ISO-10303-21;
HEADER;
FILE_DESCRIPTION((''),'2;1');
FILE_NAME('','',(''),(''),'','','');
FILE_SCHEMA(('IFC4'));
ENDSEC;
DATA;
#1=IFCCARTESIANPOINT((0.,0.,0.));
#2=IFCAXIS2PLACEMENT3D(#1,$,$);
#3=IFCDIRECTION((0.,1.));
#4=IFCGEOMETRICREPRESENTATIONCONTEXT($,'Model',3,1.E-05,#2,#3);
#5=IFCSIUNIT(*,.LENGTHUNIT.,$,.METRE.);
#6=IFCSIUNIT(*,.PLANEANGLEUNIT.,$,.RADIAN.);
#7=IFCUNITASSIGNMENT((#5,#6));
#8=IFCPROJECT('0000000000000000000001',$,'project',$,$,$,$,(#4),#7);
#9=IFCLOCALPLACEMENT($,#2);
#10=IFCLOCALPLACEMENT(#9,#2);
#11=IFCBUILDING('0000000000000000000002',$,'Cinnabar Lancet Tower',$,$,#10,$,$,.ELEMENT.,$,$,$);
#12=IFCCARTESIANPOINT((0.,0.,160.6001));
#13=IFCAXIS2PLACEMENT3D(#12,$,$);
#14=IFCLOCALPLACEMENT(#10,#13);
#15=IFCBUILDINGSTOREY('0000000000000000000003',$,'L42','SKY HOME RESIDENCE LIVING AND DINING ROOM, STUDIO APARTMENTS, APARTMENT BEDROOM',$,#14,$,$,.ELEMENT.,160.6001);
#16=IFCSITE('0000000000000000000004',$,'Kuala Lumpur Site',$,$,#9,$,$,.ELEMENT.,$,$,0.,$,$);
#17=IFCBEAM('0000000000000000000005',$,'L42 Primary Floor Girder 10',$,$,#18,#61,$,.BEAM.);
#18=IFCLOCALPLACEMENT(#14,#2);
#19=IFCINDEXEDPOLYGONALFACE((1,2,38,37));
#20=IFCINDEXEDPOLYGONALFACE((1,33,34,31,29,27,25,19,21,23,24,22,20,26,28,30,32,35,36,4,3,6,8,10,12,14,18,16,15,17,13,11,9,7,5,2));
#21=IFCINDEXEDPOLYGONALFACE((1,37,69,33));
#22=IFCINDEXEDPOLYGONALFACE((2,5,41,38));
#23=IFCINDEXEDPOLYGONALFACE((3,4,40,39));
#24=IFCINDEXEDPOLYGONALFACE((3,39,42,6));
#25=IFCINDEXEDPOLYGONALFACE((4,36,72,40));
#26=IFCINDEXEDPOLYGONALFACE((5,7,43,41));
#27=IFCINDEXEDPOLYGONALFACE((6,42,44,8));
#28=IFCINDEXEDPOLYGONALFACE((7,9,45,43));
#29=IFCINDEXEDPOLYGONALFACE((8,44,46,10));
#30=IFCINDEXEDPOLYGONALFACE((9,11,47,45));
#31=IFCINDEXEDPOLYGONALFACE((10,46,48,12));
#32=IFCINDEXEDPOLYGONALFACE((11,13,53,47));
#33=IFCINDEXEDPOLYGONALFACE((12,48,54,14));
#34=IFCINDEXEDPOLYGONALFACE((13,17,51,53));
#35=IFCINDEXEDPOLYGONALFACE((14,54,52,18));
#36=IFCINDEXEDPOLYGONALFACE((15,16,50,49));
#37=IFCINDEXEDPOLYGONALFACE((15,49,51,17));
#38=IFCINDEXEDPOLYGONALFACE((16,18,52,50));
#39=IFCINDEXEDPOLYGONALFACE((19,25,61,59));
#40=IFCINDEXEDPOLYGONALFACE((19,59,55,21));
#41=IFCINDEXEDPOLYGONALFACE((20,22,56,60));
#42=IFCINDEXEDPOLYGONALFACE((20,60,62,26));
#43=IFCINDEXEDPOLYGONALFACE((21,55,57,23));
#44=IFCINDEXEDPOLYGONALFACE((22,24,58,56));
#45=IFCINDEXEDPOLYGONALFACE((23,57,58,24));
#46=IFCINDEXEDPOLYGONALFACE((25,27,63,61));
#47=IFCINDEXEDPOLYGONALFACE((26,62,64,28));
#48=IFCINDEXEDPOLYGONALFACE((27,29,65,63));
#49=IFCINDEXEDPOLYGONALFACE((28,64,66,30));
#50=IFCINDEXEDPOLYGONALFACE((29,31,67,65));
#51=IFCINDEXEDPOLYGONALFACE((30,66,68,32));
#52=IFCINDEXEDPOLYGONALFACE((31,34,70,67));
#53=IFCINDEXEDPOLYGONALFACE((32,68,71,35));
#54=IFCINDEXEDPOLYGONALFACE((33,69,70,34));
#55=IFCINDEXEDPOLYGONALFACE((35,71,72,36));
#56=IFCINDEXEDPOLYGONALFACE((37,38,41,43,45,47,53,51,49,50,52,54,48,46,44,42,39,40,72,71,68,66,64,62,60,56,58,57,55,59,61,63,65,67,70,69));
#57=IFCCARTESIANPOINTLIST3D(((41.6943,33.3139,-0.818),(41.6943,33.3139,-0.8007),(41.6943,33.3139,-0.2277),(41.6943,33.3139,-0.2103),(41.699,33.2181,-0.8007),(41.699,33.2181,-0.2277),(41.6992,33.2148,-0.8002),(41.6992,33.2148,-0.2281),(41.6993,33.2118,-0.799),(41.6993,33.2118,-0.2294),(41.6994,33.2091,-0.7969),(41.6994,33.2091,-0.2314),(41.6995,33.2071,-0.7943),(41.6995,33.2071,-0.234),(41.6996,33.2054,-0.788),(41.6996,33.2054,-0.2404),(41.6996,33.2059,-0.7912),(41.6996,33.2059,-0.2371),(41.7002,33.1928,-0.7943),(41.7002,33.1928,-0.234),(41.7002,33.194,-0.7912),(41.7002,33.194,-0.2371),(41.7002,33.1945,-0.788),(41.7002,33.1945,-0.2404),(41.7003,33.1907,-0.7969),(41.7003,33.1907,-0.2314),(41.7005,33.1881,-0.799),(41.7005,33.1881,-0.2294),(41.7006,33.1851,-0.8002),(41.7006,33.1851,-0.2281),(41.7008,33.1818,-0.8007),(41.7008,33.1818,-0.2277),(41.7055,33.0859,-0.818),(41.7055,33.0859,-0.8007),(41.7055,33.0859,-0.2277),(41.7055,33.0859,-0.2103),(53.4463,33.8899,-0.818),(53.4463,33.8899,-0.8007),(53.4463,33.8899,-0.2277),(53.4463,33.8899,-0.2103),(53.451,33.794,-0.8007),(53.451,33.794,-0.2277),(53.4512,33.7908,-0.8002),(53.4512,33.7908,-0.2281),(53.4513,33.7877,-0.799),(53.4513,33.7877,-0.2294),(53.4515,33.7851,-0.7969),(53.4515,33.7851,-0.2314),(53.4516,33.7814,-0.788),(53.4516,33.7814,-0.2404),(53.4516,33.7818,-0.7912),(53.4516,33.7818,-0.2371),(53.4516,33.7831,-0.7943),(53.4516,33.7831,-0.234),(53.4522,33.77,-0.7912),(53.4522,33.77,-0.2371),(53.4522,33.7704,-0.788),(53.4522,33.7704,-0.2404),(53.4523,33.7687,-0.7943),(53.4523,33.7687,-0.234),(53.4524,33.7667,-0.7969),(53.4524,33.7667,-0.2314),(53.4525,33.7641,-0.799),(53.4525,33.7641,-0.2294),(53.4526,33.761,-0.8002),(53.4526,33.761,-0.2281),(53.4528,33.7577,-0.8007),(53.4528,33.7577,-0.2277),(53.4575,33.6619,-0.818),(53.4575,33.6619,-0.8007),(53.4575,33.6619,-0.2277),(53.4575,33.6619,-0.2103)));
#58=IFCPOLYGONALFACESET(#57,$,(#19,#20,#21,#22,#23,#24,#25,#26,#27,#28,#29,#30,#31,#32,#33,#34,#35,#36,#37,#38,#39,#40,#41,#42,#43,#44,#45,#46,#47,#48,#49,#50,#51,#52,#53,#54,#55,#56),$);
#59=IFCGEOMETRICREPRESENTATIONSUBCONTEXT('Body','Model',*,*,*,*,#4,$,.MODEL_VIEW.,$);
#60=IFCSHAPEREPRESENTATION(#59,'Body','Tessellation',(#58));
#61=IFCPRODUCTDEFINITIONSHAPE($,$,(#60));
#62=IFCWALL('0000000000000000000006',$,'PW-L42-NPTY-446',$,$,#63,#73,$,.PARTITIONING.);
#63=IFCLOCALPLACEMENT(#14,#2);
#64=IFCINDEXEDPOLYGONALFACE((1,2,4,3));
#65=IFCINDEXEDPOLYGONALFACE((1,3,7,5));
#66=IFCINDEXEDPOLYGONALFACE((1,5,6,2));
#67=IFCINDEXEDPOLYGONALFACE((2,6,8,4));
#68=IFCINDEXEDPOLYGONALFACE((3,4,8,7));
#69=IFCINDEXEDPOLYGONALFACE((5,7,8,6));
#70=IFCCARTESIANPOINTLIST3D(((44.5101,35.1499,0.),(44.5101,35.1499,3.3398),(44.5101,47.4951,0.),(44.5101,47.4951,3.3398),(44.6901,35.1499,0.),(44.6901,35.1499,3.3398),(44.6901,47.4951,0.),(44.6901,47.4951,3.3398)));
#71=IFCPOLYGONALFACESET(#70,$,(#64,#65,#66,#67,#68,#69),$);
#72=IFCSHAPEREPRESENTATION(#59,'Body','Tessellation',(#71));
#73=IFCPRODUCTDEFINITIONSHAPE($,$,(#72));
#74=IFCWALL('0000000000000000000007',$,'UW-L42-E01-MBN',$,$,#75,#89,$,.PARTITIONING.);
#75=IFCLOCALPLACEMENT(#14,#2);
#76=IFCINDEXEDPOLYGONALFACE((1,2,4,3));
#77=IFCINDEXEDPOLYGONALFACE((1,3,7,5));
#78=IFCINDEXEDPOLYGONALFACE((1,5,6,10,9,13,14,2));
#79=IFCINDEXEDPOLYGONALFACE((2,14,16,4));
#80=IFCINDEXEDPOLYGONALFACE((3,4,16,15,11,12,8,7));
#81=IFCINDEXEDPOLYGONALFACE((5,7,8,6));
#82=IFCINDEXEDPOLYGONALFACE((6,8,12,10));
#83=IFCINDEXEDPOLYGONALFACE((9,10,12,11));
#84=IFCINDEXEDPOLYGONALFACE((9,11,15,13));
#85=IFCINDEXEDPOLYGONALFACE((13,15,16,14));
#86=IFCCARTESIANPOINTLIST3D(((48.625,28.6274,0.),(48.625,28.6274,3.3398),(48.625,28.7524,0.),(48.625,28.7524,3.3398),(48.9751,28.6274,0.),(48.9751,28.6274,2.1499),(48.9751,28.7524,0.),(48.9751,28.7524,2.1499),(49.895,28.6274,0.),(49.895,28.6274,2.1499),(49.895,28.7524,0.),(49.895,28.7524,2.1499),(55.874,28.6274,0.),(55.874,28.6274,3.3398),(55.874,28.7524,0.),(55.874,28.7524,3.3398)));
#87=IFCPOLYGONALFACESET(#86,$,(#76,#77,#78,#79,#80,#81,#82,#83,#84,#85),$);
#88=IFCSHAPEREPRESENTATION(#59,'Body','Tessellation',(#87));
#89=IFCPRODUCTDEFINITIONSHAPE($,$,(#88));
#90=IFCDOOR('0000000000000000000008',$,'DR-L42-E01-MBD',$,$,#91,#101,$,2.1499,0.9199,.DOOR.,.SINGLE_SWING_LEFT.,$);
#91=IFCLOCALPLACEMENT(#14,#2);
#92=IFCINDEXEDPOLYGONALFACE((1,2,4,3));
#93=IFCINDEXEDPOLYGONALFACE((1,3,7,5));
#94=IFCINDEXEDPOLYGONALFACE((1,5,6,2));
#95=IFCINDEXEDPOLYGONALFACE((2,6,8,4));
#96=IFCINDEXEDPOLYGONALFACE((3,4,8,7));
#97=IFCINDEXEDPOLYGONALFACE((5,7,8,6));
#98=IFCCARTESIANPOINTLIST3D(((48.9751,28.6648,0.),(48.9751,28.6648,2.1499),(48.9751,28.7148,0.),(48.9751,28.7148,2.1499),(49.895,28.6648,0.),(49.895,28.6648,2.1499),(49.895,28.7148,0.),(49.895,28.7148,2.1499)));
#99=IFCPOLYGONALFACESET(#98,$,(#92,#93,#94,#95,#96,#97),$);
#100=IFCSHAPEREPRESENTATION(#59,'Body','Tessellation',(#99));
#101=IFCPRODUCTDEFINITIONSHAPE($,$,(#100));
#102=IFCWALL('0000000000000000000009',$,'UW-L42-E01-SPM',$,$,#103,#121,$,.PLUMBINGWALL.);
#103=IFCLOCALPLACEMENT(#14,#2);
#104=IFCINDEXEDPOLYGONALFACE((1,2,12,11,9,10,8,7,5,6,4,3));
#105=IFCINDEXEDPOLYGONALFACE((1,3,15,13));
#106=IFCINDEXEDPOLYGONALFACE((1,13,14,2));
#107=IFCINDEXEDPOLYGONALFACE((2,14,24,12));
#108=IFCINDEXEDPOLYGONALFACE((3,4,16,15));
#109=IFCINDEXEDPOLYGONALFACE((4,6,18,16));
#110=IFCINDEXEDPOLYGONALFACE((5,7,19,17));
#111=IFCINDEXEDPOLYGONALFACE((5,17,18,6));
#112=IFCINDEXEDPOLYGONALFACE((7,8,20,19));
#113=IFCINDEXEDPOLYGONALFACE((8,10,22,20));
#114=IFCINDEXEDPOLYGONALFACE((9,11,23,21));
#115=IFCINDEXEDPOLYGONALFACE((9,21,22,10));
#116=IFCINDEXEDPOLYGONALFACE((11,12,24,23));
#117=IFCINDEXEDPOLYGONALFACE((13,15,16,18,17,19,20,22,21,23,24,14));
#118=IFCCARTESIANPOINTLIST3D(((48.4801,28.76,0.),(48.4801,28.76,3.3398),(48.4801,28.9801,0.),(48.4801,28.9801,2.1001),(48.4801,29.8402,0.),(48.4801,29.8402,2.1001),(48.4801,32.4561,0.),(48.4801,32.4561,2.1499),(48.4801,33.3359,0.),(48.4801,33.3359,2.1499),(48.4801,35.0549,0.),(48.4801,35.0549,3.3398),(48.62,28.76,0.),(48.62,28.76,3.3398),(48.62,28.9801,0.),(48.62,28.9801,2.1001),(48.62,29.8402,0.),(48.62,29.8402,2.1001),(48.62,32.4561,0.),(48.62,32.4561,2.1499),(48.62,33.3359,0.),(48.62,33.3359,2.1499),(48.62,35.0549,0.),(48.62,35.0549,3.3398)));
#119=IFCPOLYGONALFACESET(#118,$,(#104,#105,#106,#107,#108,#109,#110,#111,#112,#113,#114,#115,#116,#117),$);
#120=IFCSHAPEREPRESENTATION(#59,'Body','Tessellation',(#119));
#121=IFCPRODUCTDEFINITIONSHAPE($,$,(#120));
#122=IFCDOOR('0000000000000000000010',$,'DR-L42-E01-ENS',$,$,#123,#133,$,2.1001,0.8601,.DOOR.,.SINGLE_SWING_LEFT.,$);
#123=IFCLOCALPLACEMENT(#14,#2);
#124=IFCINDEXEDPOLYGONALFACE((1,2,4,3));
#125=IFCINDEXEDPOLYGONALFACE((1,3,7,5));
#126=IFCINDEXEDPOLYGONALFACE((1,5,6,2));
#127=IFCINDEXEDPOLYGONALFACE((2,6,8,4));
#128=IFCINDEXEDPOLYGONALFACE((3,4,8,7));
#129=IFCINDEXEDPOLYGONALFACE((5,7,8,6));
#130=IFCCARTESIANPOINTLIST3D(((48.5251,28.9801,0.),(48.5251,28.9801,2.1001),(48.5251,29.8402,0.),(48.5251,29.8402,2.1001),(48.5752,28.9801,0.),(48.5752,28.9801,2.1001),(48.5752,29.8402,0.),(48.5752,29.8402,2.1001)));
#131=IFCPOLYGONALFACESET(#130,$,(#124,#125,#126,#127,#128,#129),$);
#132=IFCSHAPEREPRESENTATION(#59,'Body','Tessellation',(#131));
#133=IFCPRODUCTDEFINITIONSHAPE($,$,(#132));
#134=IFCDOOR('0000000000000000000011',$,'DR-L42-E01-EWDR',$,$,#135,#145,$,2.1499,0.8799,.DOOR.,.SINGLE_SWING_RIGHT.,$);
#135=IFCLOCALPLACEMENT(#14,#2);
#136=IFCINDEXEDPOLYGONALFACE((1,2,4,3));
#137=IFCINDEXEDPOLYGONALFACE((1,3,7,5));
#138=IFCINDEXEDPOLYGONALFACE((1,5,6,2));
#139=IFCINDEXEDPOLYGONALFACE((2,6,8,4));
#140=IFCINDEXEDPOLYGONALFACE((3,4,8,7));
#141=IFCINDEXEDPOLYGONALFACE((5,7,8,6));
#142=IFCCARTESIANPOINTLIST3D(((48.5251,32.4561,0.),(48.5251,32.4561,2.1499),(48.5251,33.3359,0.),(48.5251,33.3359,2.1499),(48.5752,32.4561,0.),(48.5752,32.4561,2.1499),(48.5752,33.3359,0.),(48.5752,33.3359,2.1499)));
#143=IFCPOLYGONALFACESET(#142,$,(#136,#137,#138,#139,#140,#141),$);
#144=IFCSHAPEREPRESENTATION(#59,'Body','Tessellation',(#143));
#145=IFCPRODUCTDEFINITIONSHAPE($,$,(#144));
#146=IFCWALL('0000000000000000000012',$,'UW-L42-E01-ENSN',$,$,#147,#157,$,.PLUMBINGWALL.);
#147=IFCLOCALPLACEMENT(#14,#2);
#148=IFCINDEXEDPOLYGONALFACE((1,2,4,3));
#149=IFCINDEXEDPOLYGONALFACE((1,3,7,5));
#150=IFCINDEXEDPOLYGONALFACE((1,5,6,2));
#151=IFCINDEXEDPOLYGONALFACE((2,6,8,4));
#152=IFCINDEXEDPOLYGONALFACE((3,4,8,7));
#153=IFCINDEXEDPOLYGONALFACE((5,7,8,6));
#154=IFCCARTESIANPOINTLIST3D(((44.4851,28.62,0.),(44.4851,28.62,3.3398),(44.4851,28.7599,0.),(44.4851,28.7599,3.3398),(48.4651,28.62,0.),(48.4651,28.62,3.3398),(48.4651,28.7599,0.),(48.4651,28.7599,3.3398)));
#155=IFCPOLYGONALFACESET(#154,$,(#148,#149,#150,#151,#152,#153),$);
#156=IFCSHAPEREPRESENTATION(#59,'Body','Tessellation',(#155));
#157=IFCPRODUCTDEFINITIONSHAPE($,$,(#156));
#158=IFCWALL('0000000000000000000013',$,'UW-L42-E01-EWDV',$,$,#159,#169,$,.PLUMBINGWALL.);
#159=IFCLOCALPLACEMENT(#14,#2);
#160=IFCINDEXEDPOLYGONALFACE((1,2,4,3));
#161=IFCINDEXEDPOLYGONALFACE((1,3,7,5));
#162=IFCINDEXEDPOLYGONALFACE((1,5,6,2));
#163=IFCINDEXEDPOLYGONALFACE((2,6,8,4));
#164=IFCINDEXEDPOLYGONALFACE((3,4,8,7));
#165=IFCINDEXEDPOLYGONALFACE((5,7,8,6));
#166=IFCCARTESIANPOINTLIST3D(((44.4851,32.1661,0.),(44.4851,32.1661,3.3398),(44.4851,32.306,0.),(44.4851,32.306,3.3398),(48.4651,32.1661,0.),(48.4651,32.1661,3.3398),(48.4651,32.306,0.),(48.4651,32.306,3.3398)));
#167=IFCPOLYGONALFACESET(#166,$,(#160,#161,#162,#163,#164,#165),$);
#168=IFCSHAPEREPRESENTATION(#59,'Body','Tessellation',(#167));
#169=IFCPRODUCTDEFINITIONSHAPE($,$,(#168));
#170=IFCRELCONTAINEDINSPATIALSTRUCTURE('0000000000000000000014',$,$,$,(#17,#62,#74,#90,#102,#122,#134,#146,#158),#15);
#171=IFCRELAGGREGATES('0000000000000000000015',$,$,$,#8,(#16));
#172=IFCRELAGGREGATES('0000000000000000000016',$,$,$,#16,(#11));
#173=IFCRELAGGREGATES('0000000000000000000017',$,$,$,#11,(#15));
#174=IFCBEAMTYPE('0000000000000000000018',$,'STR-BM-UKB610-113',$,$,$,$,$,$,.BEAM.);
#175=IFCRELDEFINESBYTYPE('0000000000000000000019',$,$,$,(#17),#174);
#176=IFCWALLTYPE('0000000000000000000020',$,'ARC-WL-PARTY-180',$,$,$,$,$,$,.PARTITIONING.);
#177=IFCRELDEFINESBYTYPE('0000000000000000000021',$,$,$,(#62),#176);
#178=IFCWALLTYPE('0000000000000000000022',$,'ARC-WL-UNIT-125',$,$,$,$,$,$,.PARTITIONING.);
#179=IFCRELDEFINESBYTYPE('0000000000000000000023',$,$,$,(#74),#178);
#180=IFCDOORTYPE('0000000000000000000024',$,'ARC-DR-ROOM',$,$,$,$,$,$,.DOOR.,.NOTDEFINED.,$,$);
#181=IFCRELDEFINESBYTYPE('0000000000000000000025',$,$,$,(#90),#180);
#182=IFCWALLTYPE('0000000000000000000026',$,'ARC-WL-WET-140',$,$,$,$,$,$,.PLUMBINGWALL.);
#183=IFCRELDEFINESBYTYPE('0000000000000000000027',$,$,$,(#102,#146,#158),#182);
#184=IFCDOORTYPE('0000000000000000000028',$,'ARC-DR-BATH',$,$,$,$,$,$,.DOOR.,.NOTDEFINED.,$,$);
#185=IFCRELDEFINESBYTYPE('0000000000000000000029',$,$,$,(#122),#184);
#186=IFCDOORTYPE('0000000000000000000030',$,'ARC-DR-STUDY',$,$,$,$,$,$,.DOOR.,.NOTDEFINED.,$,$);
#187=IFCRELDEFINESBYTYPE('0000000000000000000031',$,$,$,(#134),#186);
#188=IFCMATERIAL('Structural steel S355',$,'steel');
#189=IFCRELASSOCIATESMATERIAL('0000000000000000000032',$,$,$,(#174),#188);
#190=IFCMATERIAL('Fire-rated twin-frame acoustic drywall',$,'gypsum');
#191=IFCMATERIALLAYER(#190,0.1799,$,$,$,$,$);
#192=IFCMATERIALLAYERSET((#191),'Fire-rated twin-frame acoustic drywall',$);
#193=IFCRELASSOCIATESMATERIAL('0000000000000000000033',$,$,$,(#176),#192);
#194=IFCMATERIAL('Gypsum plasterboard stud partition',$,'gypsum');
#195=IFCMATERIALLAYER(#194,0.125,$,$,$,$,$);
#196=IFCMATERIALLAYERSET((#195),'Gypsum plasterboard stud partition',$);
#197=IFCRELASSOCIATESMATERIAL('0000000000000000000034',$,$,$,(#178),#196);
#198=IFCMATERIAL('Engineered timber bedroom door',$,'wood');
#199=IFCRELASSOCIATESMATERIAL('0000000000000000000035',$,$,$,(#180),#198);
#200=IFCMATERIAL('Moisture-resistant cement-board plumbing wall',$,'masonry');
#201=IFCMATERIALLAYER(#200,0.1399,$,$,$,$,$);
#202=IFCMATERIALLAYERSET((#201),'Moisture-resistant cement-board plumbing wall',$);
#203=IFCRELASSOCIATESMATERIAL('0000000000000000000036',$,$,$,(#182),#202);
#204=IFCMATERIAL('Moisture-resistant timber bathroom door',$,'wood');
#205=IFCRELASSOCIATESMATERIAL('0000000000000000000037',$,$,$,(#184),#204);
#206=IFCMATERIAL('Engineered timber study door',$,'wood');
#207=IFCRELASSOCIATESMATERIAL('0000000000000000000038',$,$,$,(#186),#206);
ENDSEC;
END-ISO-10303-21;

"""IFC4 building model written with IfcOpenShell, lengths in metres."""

from ifc_helpers import new_model, si_unit, direction, frame, frame_2d, origin, origin_2d, place, context, subcontext, project, spatial, rectangle, i_section, extrude, material, layer, layer_set, material_profile, profile_set, type_object, element, fill, save


model = new_model("IFC4")

# Units and contexts
model_context = context("Model", 3, precision=1e-05, world=origin(), true_north=direction((0.0, 1.0)))
body_context = subcontext(model_context, "Body", "Model", "MODEL_VIEW")
ifc_project = project(units=[si_unit("LENGTHUNIT", "METRE"), si_unit("PLANEANGLEUNIT", "RADIAN")], contexts=[model_context])

# Site, building, storey
site_placement = place(None, origin())
site = spatial("IfcSite", under=ifc_project, at=site_placement, Name="Kuala Lumpur Site", CompositionType="ELEMENT", RefElevation=0.0)
building_placement = place(site_placement, origin())
building = spatial("IfcBuilding", under=site, at=building_placement, Name="Cinnabar Lancet Tower", CompositionType="ELEMENT")
storey_placement = place(building_placement, frame((0.0, 0.0, 160.6001)))
storey = spatial("IfcBuildingStorey", under=building, at=storey_placement, Name="L42", Description="SKY HOME RESIDENCE LIVING AND DINING ROOM, STUDIO APARTMENTS, APARTMENT BEDROOM", CompositionType="ELEMENT", Elevation=160.6001)

# Beam
ifc_material_1 = material(Name="Structural steel S355", Category="steel")
ifc_material_profile_1 = material_profile(ifc_material_1, i_section(OverallWidth=0.2283, OverallDepth=0.6077, WebThickness=0.011, FlangeThickness=0.0173, FilletRadius=0.0127, at=origin_2d()), Name="UKB 610x229x113")
ifc_profile_set_1 = profile_set([ifc_material_profile_1], Name="Structural steel S355")
beam_type_1 = type_object("IfcBeamType", Name="STR-BM-UKB610-113", PredefinedType="BEAM", material=ifc_profile_set_1)
beam_1_placement = place(storey_placement, frame((53.4519, 33.7759, -0.5142), z_axis=(-0.998801, -0.048948, 0.0), x_axis=(0.048948, -0.998801, 0.0)))
element("IfcBeam", 1, at=beam_1_placement, inside=storey, type_object=beam_type_1, Name="L42 Primary Floor Girder 10", PredefinedType="BEAM", context=body_context, shape_type="SweptSolid", body=[
    extrude(i_section(OverallWidth=0.2283, OverallDepth=0.6077, WebThickness=0.011, FlangeThickness=0.0173, FilletRadius=0.0127, at=origin_2d()), origin(), (0.0, 0.0, 1.0), 11.7661),
])

# Wall
ifc_material_2 = material(Name="Fire-rated twin-frame acoustic drywall", Category="gypsum")
ifc_layer_1 = layer(ifc_material_2, 0.1799)
ifc_layer_set_1 = layer_set([ifc_layer_1], Name="Fire-rated twin-frame acoustic drywall")
wall_type_1 = type_object("IfcWallType", Name="ARC-WL-PARTY-180", PredefinedType="PARTITIONING", material=ifc_layer_set_1)
wall_1_placement = place(storey_placement, frame((44.6001, 35.1499, 0.0), z_axis=(0.0, 0.0, 1.0), x_axis=(0.0, 1.0, 0.0)))
element("IfcWall", 2, at=wall_1_placement, inside=storey, type_object=wall_type_1, Name="PW-L42-NPTY-446", PredefinedType="PARTITIONING", context=body_context, shape_type="SweptSolid", body=[
    extrude(rectangle(XDim=12.3452, YDim=0.1799, at=frame_2d((6.1726, 0.0))), origin(), (0.0, 0.0, 1.0), 3.3398),
])

# Wall, opening, door
ifc_material_3 = material(Name="Gypsum plasterboard stud partition", Category="gypsum")
ifc_layer_2 = layer(ifc_material_3, 0.125)
ifc_layer_set_2 = layer_set([ifc_layer_2], Name="Gypsum plasterboard stud partition")
wall_type_2 = type_object("IfcWallType", Name="ARC-WL-UNIT-125", PredefinedType="PARTITIONING", material=ifc_layer_set_2)
wall_2_placement = place(storey_placement, frame((48.625, 28.6899, 0.0), z_axis=(0.0, 0.0, 1.0), x_axis=(1.0, 0.0, 0.0)))
wall_2 = element("IfcWall", 3, at=wall_2_placement, inside=storey, type_object=wall_type_2, Name="UW-L42-E01-MBN", PredefinedType="PARTITIONING", context=body_context, shape_type="SweptSolid", body=[
    extrude(rectangle(XDim=7.249, YDim=0.125, at=frame_2d((3.6245, 0.0))), origin(), (0.0, 0.0, 1.0), 3.3398),
])
opening_1_placement = place(wall_2_placement, frame((0.3501, 0.0, 0.0)))
opening_1 = element("IfcOpeningElement", 4, at=opening_1_placement, cuts=wall_2, PredefinedType="OPENING", context=body_context, shape_type="SweptSolid", body=[
    extrude(rectangle(XDim=0.9199, YDim=2.1499, at=frame_2d((0.46, 1.075))), frame((0.0, 0.0725, 0.0), z_axis=(0.0, -1.0, 0.0), x_axis=(1.0, 0.0, 0.0)), (0.0, 0.0, 1.0), 0.145),
])
ifc_material_4 = material(Name="Engineered timber bedroom door", Category="wood")
door_type_1 = type_object("IfcDoorType", Name="ARC-DR-ROOM", OperationType="NOTDEFINED", PredefinedType="DOOR", material=ifc_material_4)
door_1_placement = place(opening_1_placement, origin())
door_1 = element("IfcDoor", 5, at=door_1_placement, inside=storey, type_object=door_type_1, Name="DR-L42-E01-MBD", OperationType="SINGLE_SWING_LEFT", OverallHeight=2.1499, OverallWidth=0.9199, PredefinedType="DOOR", context=body_context, shape_type="SweptSolid", body=[
    extrude(rectangle(XDim=0.9199, YDim=2.1499, at=frame_2d((0.46, 1.075))), frame((0.0, 0.0249, 0.0), z_axis=(0.0, -1.0, 0.0), x_axis=(1.0, 0.0, 0.0)), (0.0, 0.0, 1.0), 0.05),
])
fill(opening_1, door_1)

# Wall, openings, doors
ifc_material_5 = material(Name="Moisture-resistant cement-board plumbing wall", Category="masonry")
ifc_layer_3 = layer(ifc_material_5, 0.1399)
ifc_layer_set_3 = layer_set([ifc_layer_3], Name="Moisture-resistant cement-board plumbing wall")
wall_type_3 = type_object("IfcWallType", Name="ARC-WL-WET-140", PredefinedType="PLUMBINGWALL", material=ifc_layer_set_3)
wall_3_placement = place(storey_placement, frame((48.55, 28.76, 0.0), z_axis=(0.0, 0.0, 1.0), x_axis=(0.0, 1.0, 0.0)))
wall_3 = element("IfcWall", 6, at=wall_3_placement, inside=storey, type_object=wall_type_3, Name="UW-L42-E01-SPM", PredefinedType="PLUMBINGWALL", context=body_context, shape_type="SweptSolid", body=[
    extrude(rectangle(XDim=6.2949, YDim=0.1399, at=frame_2d((3.1475, 0.0))), origin(), (0.0, 0.0, 1.0), 3.3398),
])
opening_2_placement = place(wall_3_placement, frame((0.22, 0.0, 0.0)))
opening_2 = element("IfcOpeningElement", 7, at=opening_2_placement, cuts=wall_3, PredefinedType="OPENING", context=body_context, shape_type="SweptSolid", body=[
    extrude(rectangle(XDim=0.8601, YDim=2.1001, at=frame_2d((0.4302, 1.05))), frame((0.0, 0.0798, 0.0), z_axis=(0.0, -1.0, 0.0), x_axis=(1.0, 0.0, 0.0)), (0.0, 0.0, 1.0), 0.1599),
])
opening_3_placement = place(wall_3_placement, frame((3.696, 0.0, 0.0)))
opening_3 = element("IfcOpeningElement", 8, at=opening_3_placement, cuts=wall_3, PredefinedType="OPENING", context=body_context, shape_type="SweptSolid", body=[
    extrude(rectangle(XDim=0.8799, YDim=2.1499, at=frame_2d((0.4399, 1.075))), frame((0.0, 0.0798, 0.0), z_axis=(0.0, -1.0, 0.0), x_axis=(1.0, 0.0, 0.0)), (0.0, 0.0, 1.0), 0.1599),
])
ifc_material_6 = material(Name="Moisture-resistant timber bathroom door", Category="wood")
door_type_2 = type_object("IfcDoorType", Name="ARC-DR-BATH", OperationType="NOTDEFINED", PredefinedType="DOOR", material=ifc_material_6)
door_2_placement = place(opening_2_placement, origin())
door_2 = element("IfcDoor", 9, at=door_2_placement, inside=storey, type_object=door_type_2, Name="DR-L42-E01-ENS", OperationType="SINGLE_SWING_LEFT", OverallHeight=2.1001, OverallWidth=0.8601, PredefinedType="DOOR", context=body_context, shape_type="SweptSolid", body=[
    extrude(rectangle(XDim=0.8601, YDim=2.1001, at=frame_2d((0.4302, 1.05))), frame((0.0, 0.0249, 0.0), z_axis=(0.0, -1.0, 0.0), x_axis=(1.0, 0.0, 0.0)), (0.0, 0.0, 1.0), 0.05),
])
fill(opening_2, door_2)
ifc_material_7 = material(Name="Engineered timber study door", Category="wood")
door_type_3 = type_object("IfcDoorType", Name="ARC-DR-STUDY", OperationType="NOTDEFINED", PredefinedType="DOOR", material=ifc_material_7)
door_3_placement = place(opening_3_placement, origin())
door_3 = element("IfcDoor", 10, at=door_3_placement, inside=storey, type_object=door_type_3, Name="DR-L42-E01-EWDR", OperationType="SINGLE_SWING_RIGHT", OverallHeight=2.1499, OverallWidth=0.8799, PredefinedType="DOOR", context=body_context, shape_type="SweptSolid", body=[
    extrude(rectangle(XDim=0.8799, YDim=2.1499, at=frame_2d((0.4399, 1.075))), frame((0.0, 0.0249, 0.0), z_axis=(0.0, -1.0, 0.0), x_axis=(1.0, 0.0, 0.0)), (0.0, 0.0, 1.0), 0.05),
])
fill(opening_3, door_3)

# Walls
for number, where, z_axis, x_axis, name in (
    (11, (44.4851, 28.6899, 0.0), (0.0, 0.0, 1.0), (1.0, 0.0, 0.0), "UW-L42-E01-ENSN"),
    (12, (44.4851, 32.2361, 0.0), (0.0, 0.0, 1.0), (1.0, 0.0, 0.0), "UW-L42-E01-EWDV"),
):
    element("IfcWall", number, at=place(storey_placement, frame(where, z_axis=z_axis, x_axis=x_axis)), inside=storey, type_object=wall_type_3, Name=name, PredefinedType="PLUMBINGWALL", context=body_context, shape_type="SweptSolid", body=[
        extrude(rectangle(XDim=3.98, YDim=0.1399, at=frame_2d((1.99, 0.0))), origin(), (0.0, 0.0, 1.0), 3.3398),
    ])

save(model, "model.ifc")
